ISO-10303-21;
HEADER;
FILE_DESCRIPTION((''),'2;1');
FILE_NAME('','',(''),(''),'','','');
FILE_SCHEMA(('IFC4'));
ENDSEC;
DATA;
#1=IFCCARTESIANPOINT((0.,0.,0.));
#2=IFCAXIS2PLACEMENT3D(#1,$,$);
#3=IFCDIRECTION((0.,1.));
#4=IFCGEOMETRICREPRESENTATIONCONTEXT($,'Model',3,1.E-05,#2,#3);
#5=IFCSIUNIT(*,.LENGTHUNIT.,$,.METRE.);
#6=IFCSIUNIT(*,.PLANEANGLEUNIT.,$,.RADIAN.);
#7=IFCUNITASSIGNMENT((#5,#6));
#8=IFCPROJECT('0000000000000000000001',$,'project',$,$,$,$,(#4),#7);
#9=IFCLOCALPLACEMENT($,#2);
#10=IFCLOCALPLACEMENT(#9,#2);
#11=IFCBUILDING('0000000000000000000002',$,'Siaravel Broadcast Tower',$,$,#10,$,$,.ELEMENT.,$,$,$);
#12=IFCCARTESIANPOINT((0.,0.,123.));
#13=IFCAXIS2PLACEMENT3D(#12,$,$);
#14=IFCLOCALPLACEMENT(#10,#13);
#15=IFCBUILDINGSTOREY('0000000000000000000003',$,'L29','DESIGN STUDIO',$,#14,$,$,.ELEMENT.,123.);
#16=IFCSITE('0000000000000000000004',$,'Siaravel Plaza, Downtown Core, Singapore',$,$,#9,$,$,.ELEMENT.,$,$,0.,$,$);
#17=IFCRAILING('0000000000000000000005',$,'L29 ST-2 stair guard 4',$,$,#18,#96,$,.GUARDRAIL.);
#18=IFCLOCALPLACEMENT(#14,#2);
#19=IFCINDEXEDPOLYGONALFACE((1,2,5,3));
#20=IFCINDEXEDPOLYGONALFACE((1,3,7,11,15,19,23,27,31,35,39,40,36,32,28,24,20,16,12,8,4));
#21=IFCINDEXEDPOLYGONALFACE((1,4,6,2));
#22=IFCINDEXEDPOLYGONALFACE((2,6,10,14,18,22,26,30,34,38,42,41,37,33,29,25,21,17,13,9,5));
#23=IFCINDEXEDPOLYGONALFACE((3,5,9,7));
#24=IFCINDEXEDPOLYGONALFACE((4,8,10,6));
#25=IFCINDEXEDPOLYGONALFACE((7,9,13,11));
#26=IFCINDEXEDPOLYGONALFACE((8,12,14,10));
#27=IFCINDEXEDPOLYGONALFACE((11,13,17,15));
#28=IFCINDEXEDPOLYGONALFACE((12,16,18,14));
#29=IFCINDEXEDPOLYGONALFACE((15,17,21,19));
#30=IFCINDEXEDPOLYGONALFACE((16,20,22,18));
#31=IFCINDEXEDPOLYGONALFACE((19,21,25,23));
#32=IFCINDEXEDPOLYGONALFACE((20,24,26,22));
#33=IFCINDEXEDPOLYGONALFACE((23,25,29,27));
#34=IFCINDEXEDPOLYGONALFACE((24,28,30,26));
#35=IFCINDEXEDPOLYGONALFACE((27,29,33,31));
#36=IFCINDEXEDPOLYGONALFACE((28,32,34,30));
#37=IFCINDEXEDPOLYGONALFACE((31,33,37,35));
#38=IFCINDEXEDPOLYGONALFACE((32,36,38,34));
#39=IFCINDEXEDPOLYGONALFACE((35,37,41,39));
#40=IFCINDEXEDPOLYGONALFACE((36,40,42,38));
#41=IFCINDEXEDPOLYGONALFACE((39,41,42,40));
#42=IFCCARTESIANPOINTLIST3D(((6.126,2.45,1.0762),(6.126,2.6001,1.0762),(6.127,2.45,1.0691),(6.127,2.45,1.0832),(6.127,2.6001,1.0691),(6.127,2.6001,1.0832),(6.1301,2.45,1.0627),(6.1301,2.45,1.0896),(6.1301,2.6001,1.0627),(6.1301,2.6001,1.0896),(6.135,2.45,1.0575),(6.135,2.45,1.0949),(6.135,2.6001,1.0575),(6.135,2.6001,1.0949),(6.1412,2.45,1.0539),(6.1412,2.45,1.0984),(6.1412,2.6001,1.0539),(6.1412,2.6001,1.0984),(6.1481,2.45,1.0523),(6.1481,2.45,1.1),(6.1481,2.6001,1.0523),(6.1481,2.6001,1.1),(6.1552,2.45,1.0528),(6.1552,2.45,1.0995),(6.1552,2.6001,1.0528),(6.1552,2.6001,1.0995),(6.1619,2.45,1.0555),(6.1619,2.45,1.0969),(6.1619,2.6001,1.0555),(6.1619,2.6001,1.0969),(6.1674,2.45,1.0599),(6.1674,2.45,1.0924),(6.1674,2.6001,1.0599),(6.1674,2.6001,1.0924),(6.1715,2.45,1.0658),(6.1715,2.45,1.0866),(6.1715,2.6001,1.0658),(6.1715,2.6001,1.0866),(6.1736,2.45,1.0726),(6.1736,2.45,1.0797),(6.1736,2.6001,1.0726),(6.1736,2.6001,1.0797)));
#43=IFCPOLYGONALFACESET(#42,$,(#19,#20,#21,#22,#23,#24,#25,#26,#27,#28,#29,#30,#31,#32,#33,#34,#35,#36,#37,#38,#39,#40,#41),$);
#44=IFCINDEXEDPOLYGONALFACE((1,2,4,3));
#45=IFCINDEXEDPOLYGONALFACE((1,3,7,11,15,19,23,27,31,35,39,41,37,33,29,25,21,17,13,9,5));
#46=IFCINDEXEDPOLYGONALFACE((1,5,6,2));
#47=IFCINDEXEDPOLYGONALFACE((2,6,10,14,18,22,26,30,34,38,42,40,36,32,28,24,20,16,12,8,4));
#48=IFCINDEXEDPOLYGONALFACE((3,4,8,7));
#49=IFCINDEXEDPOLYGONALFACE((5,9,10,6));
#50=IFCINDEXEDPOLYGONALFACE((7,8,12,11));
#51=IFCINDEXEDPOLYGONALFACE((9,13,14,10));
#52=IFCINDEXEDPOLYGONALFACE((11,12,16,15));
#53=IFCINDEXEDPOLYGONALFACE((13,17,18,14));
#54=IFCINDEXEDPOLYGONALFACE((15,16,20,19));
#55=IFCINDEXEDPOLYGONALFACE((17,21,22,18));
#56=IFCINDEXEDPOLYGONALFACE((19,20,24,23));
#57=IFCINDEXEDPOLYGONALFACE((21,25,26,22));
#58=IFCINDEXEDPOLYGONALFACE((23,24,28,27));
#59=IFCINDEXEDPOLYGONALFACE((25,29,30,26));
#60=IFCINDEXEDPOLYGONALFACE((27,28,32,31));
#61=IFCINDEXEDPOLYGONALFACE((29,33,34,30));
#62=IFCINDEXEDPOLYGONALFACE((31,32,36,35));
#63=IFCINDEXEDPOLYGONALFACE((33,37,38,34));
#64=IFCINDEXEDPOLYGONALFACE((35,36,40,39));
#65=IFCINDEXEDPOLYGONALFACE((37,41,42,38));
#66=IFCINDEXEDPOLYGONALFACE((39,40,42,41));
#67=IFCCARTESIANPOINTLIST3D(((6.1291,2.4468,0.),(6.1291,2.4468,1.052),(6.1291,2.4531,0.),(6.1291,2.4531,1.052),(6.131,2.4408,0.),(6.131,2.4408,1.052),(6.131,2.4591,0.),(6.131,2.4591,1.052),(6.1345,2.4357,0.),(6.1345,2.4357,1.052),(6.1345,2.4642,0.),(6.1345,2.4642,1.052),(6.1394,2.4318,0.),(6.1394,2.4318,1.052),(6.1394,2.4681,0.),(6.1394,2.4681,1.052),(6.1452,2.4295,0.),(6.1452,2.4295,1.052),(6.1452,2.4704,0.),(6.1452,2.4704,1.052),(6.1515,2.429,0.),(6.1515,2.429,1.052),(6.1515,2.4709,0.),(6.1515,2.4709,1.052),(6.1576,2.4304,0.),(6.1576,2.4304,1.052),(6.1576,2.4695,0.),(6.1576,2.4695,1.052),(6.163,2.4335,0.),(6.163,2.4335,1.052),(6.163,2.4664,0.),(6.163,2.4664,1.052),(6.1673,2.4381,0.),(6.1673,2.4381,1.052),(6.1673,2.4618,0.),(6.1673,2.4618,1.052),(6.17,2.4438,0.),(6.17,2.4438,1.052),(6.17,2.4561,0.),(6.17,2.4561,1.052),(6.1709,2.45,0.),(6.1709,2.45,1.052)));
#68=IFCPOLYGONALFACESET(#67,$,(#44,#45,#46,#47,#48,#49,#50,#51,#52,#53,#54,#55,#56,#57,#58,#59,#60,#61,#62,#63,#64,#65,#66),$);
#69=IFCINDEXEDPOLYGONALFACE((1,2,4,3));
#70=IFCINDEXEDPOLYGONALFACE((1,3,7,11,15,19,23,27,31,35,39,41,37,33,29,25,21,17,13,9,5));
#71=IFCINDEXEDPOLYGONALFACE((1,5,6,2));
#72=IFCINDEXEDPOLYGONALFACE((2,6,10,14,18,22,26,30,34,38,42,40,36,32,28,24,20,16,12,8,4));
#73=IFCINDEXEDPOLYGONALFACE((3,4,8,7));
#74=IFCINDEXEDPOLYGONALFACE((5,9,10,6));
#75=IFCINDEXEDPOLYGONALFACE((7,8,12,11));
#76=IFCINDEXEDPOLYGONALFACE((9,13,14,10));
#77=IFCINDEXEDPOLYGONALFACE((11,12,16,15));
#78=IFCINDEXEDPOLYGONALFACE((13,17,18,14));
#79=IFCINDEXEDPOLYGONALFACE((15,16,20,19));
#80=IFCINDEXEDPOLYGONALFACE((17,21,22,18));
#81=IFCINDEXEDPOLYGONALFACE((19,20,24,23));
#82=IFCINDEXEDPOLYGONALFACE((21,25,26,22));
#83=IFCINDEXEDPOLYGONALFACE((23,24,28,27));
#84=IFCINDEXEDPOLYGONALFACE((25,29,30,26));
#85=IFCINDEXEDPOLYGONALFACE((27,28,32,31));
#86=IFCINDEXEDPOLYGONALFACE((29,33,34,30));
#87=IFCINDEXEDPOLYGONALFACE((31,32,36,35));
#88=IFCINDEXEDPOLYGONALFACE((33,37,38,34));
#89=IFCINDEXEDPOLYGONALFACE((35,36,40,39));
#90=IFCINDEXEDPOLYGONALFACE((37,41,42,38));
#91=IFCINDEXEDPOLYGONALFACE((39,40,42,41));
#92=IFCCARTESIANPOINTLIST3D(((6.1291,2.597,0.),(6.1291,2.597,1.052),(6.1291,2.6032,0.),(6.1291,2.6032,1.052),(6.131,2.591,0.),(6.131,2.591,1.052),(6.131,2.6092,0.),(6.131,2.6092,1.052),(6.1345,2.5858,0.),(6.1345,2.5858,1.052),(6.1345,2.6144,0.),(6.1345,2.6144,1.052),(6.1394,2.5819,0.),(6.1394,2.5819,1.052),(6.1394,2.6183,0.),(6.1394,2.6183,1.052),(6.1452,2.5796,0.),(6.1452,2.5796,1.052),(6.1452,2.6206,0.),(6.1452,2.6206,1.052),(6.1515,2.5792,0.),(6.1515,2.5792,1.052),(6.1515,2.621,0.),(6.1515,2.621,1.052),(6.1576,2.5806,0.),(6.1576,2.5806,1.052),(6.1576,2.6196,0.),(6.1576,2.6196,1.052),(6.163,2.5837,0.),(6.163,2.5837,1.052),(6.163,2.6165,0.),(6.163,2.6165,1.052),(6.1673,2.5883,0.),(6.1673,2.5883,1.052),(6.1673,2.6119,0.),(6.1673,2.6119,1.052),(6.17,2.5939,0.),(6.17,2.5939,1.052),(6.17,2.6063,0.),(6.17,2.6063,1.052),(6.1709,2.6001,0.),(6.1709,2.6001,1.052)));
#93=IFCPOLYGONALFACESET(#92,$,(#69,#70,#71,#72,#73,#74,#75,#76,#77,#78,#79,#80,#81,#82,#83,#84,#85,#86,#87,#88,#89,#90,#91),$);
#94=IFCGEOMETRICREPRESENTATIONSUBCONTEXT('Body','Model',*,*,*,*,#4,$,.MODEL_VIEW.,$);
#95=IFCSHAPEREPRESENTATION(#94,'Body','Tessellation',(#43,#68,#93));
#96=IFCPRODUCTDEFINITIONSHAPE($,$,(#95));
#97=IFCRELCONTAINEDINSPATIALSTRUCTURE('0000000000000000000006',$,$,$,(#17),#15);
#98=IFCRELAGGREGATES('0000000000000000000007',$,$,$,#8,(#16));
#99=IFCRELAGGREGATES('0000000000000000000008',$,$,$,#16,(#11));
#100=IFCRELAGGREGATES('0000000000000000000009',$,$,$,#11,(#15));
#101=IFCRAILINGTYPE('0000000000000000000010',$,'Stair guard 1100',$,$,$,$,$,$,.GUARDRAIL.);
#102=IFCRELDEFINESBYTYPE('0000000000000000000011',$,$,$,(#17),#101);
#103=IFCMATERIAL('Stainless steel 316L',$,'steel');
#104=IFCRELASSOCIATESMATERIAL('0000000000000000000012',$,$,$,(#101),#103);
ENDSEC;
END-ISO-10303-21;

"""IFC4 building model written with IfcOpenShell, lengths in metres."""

from ifc_helpers import new_model, si_unit, direction, frame, origin, origin_2d, place, context, subcontext, project, spatial, circle, extrude, material, type_object, element, save


model = new_model("IFC4")

# Units and contexts
model_context = context("Model", 3, precision=1e-05, world=origin(), true_north=direction((0.0, 1.0)))
body_context = subcontext(model_context, "Body", "Model", "MODEL_VIEW")
ifc_project = project(units=[si_unit("LENGTHUNIT", "METRE"), si_unit("PLANEANGLEUNIT", "RADIAN")], contexts=[model_context])

# Site, building, storey
site_placement = place(None, origin())
site = spatial("IfcSite", under=ifc_project, at=site_placement, Name="Siaravel Plaza, Downtown Core, Singapore", CompositionType="ELEMENT", RefElevation=0.0)
building_placement = place(site_placement, origin())
building = spatial("IfcBuilding", under=site, at=building_placement, Name="Siaravel Broadcast Tower", CompositionType="ELEMENT")
storey_placement = place(building_placement, frame((0.0, 0.0, 123.0)))
storey = spatial("IfcBuildingStorey", under=building, at=storey_placement, Name="L29", Description="DESIGN STUDIO", CompositionType="ELEMENT", Elevation=123.0)

# Railing
ifc_material_1 = material(Name="Stainless steel 316L", Category="steel")
railing_type_1 = type_object("IfcRailingType", Name="Stair guard 1100", PredefinedType="GUARDRAIL", material=ifc_material_1)
railing_1_placement = place(storey_placement, frame((6.1499, 2.45, 0.0)))
element("IfcRailing", 1, at=railing_1_placement, inside=storey, type_object=railing_type_1, Name="L29 ST-2 stair guard 4", PredefinedType="GUARDRAIL", context=body_context, shape_type="SweptSolid", body=[
    extrude(circle(Radius=0.0239, at=origin_2d()), frame((0.0, 0.0, 1.0762), z_axis=(0.0, 1.0, 0.0), x_axis=(-1.0, 0.0, 0.0)), (0.0, 0.0, 1.0), 0.1501),
    extrude(circle(Radius=0.021, at=origin_2d()), origin(), (0.0, 0.0, 1.0), 1.052),
    extrude(circle(Radius=0.021, at=origin_2d()), frame((0.0, 0.1501, 0.0)), (0.0, 0.0, 1.0), 1.052),
])

save(model, "model.ifc")
